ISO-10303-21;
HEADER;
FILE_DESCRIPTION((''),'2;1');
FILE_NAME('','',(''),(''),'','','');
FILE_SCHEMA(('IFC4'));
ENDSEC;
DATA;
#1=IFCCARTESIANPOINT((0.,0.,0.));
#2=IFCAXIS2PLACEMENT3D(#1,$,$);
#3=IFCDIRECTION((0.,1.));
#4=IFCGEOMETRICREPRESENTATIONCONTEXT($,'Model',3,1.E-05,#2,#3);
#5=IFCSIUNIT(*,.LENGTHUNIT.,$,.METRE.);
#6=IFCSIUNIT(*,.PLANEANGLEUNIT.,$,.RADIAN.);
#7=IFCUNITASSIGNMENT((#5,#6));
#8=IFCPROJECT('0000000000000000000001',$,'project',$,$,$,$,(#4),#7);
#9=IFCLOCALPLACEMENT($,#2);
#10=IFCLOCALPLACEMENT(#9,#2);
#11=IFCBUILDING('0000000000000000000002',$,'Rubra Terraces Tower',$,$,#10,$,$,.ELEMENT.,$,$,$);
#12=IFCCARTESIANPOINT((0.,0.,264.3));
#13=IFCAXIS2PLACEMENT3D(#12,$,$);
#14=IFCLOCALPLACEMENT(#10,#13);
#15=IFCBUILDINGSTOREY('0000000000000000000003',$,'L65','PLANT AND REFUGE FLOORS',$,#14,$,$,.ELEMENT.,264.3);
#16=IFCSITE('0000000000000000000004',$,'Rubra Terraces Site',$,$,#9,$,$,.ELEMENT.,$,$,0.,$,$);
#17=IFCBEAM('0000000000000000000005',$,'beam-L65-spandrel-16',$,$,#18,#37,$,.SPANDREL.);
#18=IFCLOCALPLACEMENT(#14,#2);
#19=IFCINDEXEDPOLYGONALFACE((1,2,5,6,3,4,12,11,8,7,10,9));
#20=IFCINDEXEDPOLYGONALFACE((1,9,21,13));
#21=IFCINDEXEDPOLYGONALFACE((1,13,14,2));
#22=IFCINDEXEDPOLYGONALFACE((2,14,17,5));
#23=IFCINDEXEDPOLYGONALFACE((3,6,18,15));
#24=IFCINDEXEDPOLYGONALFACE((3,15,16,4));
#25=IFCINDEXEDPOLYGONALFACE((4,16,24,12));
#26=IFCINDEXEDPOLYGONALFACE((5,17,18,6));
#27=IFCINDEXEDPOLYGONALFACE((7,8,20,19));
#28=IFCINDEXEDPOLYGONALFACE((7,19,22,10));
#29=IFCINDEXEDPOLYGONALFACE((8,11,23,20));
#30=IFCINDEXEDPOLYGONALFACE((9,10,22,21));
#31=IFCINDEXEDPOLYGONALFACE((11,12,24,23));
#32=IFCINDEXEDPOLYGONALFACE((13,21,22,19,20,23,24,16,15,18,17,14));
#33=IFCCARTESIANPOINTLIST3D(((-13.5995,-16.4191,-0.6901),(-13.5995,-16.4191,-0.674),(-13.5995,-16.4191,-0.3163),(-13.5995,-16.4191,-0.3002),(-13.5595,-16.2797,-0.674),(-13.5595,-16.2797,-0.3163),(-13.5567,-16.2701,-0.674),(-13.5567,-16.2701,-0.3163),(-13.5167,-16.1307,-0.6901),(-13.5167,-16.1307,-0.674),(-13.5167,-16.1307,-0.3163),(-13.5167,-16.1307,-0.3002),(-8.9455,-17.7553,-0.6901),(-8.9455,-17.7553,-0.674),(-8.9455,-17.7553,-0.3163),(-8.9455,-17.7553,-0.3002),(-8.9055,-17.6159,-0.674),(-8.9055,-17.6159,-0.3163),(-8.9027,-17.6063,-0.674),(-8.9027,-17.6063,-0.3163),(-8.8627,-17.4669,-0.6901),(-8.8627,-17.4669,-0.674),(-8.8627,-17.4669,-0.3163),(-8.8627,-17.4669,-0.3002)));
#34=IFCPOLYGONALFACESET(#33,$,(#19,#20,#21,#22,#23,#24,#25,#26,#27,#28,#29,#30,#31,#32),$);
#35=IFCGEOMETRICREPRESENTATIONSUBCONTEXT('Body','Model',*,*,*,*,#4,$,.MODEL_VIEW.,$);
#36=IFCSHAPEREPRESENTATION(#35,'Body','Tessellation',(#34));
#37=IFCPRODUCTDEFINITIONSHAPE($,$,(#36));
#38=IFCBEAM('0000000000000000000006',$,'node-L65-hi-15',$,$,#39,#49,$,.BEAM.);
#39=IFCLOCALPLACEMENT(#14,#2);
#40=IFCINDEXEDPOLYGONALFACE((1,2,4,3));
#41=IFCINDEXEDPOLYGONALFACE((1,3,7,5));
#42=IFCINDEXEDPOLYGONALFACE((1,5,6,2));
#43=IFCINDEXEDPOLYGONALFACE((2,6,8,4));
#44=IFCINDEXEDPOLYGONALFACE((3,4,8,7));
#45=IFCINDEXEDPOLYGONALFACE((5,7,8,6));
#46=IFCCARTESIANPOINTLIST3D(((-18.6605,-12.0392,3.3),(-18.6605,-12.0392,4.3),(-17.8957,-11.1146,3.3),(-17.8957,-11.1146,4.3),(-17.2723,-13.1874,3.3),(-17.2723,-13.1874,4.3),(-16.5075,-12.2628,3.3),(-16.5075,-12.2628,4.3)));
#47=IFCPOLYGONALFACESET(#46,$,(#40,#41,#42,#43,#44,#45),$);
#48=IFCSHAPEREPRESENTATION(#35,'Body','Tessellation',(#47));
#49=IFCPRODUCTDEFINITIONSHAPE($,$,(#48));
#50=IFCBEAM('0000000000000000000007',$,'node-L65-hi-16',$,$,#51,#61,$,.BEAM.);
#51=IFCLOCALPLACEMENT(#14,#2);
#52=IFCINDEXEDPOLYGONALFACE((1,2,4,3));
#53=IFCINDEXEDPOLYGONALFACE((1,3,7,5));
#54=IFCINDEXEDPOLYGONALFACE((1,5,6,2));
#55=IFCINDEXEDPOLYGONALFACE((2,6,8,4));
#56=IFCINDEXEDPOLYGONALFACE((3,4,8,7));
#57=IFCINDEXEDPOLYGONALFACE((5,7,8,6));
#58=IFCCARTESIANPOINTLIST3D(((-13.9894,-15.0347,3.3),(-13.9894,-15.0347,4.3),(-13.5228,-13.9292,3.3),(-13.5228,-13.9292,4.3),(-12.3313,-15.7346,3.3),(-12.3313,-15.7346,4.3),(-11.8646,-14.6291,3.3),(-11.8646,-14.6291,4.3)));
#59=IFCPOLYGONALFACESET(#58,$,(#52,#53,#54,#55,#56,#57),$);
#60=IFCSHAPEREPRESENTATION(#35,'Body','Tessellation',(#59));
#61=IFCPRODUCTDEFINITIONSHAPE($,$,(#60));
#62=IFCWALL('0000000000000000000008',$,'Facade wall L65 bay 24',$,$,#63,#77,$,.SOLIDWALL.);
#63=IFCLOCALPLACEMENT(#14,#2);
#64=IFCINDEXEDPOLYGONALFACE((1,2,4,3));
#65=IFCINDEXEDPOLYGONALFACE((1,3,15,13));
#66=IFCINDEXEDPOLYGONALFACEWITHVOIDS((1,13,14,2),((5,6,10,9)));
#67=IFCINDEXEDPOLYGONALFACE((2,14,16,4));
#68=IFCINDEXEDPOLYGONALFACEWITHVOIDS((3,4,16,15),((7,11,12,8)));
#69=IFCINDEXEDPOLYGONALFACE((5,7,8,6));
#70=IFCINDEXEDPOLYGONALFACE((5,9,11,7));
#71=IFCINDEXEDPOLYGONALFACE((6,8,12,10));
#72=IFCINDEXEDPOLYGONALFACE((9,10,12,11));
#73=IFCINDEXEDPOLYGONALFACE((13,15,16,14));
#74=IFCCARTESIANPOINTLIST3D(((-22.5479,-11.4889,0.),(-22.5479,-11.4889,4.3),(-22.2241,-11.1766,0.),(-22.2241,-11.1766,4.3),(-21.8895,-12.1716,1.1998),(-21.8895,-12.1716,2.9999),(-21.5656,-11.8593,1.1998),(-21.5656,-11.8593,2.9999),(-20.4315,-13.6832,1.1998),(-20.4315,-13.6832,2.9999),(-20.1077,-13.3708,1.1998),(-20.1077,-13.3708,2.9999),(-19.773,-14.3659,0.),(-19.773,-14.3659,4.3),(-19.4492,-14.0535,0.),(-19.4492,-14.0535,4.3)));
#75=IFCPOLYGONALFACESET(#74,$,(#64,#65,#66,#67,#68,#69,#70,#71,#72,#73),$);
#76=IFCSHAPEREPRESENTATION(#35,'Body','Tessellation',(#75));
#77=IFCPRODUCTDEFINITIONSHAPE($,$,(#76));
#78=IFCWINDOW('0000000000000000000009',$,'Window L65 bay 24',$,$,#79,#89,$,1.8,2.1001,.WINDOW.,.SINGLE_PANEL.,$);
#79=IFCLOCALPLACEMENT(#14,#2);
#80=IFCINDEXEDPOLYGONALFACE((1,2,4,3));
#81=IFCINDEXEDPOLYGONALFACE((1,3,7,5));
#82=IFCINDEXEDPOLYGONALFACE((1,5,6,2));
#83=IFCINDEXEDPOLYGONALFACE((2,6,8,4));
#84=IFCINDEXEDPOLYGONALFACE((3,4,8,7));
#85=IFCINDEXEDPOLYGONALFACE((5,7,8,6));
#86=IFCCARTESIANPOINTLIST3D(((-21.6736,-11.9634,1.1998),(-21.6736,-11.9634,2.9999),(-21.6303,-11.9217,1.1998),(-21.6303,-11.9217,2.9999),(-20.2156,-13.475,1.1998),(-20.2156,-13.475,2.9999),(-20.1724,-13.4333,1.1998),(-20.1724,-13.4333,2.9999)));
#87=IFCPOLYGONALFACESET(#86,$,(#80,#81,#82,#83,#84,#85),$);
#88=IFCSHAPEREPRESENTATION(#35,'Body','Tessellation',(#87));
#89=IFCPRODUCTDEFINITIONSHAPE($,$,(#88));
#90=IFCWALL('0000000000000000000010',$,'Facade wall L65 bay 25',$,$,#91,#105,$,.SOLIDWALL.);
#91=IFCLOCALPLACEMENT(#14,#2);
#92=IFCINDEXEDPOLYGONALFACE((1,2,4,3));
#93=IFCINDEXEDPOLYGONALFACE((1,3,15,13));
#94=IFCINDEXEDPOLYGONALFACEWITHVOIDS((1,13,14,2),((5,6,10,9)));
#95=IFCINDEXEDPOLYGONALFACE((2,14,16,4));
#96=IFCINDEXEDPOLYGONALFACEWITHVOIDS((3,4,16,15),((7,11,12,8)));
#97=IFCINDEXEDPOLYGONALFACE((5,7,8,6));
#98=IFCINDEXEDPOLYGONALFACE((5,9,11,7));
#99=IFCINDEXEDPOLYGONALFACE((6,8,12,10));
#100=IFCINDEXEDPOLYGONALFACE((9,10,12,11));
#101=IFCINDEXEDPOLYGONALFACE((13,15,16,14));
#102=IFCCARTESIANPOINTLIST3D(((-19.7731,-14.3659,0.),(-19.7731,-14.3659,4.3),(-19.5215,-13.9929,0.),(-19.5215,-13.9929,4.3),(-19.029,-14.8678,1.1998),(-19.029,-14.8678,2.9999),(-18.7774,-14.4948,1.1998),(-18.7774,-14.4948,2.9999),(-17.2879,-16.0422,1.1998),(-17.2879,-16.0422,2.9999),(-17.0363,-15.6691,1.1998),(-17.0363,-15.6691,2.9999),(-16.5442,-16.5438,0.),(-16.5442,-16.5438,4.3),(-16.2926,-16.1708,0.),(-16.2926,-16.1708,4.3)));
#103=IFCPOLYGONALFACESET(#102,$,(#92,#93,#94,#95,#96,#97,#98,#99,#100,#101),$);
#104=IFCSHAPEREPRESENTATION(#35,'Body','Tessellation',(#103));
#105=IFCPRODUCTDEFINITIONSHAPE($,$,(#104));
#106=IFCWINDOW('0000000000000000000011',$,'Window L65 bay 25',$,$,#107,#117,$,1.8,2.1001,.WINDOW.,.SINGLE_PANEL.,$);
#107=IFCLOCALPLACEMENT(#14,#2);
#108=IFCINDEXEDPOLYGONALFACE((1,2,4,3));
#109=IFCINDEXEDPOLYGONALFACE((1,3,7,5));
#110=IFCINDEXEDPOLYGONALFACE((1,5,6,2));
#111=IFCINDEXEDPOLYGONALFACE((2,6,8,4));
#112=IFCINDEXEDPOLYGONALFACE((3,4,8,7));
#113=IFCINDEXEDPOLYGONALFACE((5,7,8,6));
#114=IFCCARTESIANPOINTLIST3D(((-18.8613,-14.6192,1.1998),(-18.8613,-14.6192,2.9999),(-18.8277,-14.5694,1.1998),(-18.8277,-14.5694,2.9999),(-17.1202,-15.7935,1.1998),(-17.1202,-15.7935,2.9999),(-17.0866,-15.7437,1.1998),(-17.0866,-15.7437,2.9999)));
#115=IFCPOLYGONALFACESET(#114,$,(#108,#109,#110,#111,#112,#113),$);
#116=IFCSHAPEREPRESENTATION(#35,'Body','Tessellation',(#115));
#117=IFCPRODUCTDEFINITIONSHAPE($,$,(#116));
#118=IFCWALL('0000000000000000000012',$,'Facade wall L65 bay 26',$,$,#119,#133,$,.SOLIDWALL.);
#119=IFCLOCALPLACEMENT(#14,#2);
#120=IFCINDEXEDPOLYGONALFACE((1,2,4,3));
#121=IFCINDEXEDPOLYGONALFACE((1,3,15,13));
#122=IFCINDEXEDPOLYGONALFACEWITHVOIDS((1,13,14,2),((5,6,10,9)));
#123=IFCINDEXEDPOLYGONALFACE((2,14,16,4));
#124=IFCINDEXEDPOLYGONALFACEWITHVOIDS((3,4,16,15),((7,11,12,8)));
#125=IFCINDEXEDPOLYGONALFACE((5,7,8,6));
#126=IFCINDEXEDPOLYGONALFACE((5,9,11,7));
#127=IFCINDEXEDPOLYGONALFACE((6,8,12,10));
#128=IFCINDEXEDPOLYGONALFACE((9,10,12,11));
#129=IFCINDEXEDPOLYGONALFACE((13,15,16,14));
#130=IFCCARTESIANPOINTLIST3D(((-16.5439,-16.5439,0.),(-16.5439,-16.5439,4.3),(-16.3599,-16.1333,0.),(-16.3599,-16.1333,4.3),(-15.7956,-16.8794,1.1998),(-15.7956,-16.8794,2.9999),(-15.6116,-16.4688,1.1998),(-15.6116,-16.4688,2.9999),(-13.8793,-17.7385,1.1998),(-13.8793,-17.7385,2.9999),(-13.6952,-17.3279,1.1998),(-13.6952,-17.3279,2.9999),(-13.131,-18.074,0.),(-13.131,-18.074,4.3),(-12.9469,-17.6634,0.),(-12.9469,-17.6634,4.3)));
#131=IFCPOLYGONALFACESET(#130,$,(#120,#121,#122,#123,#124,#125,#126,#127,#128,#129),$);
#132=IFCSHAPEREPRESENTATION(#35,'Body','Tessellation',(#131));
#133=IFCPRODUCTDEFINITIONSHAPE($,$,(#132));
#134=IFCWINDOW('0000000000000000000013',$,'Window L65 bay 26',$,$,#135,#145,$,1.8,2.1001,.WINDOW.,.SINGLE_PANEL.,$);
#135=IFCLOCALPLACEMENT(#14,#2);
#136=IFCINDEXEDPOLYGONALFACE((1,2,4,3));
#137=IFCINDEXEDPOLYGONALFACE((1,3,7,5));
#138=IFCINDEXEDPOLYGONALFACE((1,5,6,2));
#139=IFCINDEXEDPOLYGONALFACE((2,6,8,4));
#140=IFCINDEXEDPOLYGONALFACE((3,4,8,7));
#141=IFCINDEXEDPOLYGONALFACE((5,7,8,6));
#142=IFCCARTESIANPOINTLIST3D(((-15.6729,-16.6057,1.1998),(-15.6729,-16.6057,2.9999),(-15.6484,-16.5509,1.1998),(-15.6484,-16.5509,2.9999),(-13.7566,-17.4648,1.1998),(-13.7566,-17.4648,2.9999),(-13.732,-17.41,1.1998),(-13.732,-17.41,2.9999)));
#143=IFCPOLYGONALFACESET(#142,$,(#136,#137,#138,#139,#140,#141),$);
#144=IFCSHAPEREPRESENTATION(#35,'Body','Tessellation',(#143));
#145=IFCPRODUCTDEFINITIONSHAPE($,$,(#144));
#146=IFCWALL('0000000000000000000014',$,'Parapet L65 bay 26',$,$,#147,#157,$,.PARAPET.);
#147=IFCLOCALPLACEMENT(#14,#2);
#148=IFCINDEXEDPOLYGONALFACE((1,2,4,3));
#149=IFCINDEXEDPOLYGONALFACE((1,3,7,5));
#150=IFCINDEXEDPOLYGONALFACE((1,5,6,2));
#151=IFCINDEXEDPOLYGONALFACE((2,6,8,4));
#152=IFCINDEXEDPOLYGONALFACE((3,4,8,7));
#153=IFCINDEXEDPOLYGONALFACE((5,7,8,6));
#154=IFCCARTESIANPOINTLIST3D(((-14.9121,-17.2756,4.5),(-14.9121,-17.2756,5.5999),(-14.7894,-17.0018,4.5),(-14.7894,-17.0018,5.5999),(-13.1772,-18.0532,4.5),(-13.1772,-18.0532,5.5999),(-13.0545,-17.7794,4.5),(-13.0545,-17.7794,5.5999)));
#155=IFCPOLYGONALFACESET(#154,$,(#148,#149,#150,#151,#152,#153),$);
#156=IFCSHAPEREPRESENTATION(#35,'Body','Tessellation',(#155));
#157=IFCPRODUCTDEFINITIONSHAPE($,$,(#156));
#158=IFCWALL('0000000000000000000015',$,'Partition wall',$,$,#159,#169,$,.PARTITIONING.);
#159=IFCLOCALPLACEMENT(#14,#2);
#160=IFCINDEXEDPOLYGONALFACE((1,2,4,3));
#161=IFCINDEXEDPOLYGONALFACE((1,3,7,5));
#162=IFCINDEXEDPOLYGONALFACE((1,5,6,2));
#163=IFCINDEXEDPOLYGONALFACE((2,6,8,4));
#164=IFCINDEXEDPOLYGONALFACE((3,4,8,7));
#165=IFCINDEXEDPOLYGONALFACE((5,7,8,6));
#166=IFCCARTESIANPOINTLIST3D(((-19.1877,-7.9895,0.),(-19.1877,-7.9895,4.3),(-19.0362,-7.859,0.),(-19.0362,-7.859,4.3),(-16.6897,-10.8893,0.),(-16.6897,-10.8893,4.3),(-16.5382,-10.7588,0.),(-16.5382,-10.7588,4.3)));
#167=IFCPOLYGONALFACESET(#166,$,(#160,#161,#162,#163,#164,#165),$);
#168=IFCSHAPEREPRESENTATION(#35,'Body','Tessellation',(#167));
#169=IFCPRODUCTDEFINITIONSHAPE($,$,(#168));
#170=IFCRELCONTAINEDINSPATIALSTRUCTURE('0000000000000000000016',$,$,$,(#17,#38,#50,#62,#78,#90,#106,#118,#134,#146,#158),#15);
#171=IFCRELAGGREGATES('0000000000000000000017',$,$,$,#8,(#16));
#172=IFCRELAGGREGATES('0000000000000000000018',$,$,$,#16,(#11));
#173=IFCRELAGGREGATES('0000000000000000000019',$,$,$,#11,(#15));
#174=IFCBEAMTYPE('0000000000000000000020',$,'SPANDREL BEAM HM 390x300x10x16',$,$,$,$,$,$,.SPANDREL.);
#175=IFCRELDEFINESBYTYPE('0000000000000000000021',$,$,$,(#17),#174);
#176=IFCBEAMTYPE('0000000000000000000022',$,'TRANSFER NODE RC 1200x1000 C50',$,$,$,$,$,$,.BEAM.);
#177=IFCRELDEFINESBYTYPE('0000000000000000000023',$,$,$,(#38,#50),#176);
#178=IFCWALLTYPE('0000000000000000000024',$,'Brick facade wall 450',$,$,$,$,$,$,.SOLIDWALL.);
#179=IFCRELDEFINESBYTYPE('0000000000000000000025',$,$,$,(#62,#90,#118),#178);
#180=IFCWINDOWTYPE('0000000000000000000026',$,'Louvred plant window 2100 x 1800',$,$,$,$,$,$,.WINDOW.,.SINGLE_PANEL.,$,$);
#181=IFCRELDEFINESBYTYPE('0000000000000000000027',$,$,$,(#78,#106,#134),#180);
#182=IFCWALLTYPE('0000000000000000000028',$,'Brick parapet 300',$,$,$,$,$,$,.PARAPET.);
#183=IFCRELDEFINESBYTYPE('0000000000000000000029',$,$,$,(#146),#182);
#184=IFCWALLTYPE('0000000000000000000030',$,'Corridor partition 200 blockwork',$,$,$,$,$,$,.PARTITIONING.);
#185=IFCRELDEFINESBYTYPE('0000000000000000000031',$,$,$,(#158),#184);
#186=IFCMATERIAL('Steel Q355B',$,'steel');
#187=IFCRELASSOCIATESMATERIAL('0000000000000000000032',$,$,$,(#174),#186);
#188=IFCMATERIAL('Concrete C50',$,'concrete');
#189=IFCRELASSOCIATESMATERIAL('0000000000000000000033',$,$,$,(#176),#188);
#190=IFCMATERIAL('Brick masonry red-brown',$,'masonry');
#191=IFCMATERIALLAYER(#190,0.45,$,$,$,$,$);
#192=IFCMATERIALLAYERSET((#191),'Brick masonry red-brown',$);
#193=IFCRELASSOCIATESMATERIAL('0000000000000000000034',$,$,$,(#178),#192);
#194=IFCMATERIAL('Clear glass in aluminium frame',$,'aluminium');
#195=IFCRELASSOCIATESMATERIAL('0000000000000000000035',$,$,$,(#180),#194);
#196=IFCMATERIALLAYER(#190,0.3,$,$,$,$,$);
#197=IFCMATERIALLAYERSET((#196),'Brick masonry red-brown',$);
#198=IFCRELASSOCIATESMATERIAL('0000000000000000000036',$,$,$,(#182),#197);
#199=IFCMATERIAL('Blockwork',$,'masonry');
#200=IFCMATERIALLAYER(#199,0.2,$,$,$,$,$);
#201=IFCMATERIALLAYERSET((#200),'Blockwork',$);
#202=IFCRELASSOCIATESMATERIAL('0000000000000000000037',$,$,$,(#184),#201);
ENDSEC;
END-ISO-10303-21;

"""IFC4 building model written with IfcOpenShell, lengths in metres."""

from ifc_helpers import new_model, si_unit, direction, frame, frame_2d, origin, origin_2d, place, context, subcontext, project, spatial, rectangle, i_section, extrude, material, layer, layer_set, material_profile, profile_set, type_object, element, fill, save


model = new_model("IFC4")

# Units and contexts
model_context = context("Model", 3, precision=1e-05, world=origin(), true_north=direction((0.0, 1.0)))
body_context = subcontext(model_context, "Body", "Model", "MODEL_VIEW")
ifc_project = project(units=[si_unit("LENGTHUNIT", "METRE"), si_unit("PLANEANGLEUNIT", "RADIAN")], contexts=[model_context])

# Site, building, storey
site_placement = place(None, origin())
site = spatial("IfcSite", under=ifc_project, at=site_placement, Name="Rubra Terraces Site", CompositionType="ELEMENT", RefElevation=0.0)
building_placement = place(site_placement, origin())
building = spatial("IfcBuilding", under=site, at=building_placement, Name="Rubra Terraces Tower", CompositionType="ELEMENT")
storey_placement = place(building_placement, frame((0.0, 0.0, 264.3)))
storey = spatial("IfcBuildingStorey", under=building, at=storey_placement, Name="L65", Description="PLANT AND REFUGE FLOORS", CompositionType="ELEMENT", Elevation=264.3)

# Shared definitions
ifc_material_1 = material(Name="Concrete C50", Category="concrete")

# Beams
ifc_material_2 = material(Name="Steel Q355B", Category="steel")
ifc_material_profile_1 = material_profile(ifc_material_2, i_section(OverallWidth=0.3, OverallDepth=0.3899, WebThickness=0.01, FlangeThickness=0.0161, at=origin_2d()), Name="HM 390x300x10x16")
ifc_profile_set_1 = profile_set([ifc_material_profile_1], Name="Steel Q355B")
beam_type_1 = type_object("IfcBeamType", Name="SPANDREL BEAM HM 390x300x10x16", PredefinedType="SPANDREL", material=ifc_profile_set_1)
beam_1_placement = place(storey_placement, frame((-13.5581, -16.2749, -0.4951), z_axis=(0.961171, -0.275953, 0.0), x_axis=(0.275953, 0.961171, 0.0)))
element("IfcBeam", 1, at=beam_1_placement, inside=storey, type_object=beam_type_1, Name="beam-L65-spandrel-16", PredefinedType="SPANDREL", context=body_context, shape_type="SweptSolid", body=[
    extrude(i_section(OverallWidth=0.3, OverallDepth=0.3899, WebThickness=0.01, FlangeThickness=0.0161, at=origin_2d()), origin(), (0.0, 0.0, 1.0), 4.842),
])
ifc_material_profile_2 = material_profile(ifc_material_1, rectangle(XDim=1.2, YDim=1.0, at=origin_2d()), Name="RC 1200x1000")
ifc_profile_set_2 = profile_set([ifc_material_profile_2], Name="Concrete C50")
beam_type_2 = type_object("IfcBeamType", Name="TRANSFER NODE RC 1200x1000 C50", PredefinedType="BEAM", material=ifc_profile_set_2)
beam_2_placement = place(storey_placement, frame((-18.2781, -11.5769, 3.8), z_axis=(0.770571, -0.637354, 0.0), x_axis=(0.637354, 0.770571, 0.0)))
element("IfcBeam", 2, at=beam_2_placement, inside=storey, type_object=beam_type_2, Name="node-L65-hi-15", PredefinedType="BEAM", context=body_context, shape_type="SweptSolid", body=[
    extrude(rectangle(XDim=1.2, YDim=1.0, at=origin_2d()), origin(), (0.0, 0.0, 1.0), 1.8015),
])
beam_3_placement = place(storey_placement, frame((-13.7561, -14.4819, 3.8), z_axis=(0.921285, -0.388888, 0.0), x_axis=(0.388888, 0.921285, 0.0)))
element("IfcBeam", 3, at=beam_3_placement, inside=storey, type_object=beam_type_2, Name="node-L65-hi-16", PredefinedType="BEAM", context=body_context, shape_type="SweptSolid", body=[
    extrude(rectangle(XDim=1.2, YDim=1.0, at=origin_2d()), origin(), (0.0, 0.0, 1.0), 1.7998),
])

# Walls, openings, windows
ifc_material_3 = material(Name="Brick masonry red-brown", Category="masonry")
ifc_layer_1 = layer(ifc_material_3, 0.45)
ifc_layer_set_1 = layer_set([ifc_layer_1], Name="Brick masonry red-brown")
wall_type_1 = type_object("IfcWallType", Name="Brick facade wall 450", PredefinedType="SOLIDWALL", material=ifc_layer_set_1)
wall_1_placement = place(storey_placement, frame((-22.386, -11.3328, 0.0), z_axis=(0.0, 0.0, 1.0), x_axis=(0.694226, -0.719757, 0.0)))
wall_1 = element("IfcWall", 4, at=wall_1_placement, inside=storey, type_object=wall_type_1, Name="Facade wall L65 bay 24", PredefinedType="SOLIDWALL", context=body_context, shape_type="SweptSolid", body=[
    extrude(rectangle(XDim=3.9971, YDim=0.45, at=frame_2d((1.9985, 0.0))), origin(), (0.0, 0.0, 1.0), 4.3),
])
opening_1_placement = place(wall_1_placement, frame((0.9485, 0.0, 1.2)))
opening_1 = element("IfcOpeningElement", 5, at=opening_1_placement, cuts=wall_1, PredefinedType="OPENING", context=body_context, shape_type="SweptSolid", body=[
    extrude(rectangle(XDim=2.1001, YDim=1.8, at=frame_2d((1.05, 0.8999))), frame((0.0, 0.2349, 0.0), z_axis=(0.0, -1.0, 0.0), x_axis=(1.0, 0.0, 0.0)), (0.0, 0.0, 1.0), 0.47),
])
ifc_material_4 = material(Name="Clear glass in aluminium frame", Category="aluminium")
window_type = type_object("IfcWindowType", Name="Louvred plant window 2100 x 1800", PartitioningType="SINGLE_PANEL", PredefinedType="WINDOW", material=ifc_material_4)
window_1_placement = place(opening_1_placement, origin())
window_1 = element("IfcWindow", 6, at=window_1_placement, inside=storey, type_object=window_type, Name="Window L65 bay 24", OverallHeight=1.8, OverallWidth=2.1001, PartitioningType="SINGLE_PANEL", PredefinedType="WINDOW", context=body_context, shape_type="SweptSolid", body=[
    extrude(rectangle(XDim=2.1001, YDim=1.8, at=frame_2d((1.05, 0.8999))), frame((0.0, 0.135, 0.0), z_axis=(0.0, -1.0, 0.0), x_axis=(1.0, 0.0, 0.0)), (0.0, 0.0, 1.0), 0.0601),
])
fill(opening_1, window_1)
wall_2_placement = place(storey_placement, frame((-19.6472, -14.1794, 0.0), z_axis=(0.0, 0.0, 1.0), x_axis=(0.829039, -0.559191, 0.0)))
wall_2 = element("IfcWall", 7, at=wall_2_placement, inside=storey, type_object=wall_type_1, Name="Facade wall L65 bay 25", PredefinedType="SOLIDWALL", context=body_context, shape_type="SweptSolid", body=[
    extrude(rectangle(XDim=3.8948, YDim=0.45, at=frame_2d((1.9473, 0.0))), origin(), (0.0, 0.0, 1.0), 4.3),
])
opening_2_placement = place(wall_2_placement, frame((0.8975, 0.0, 1.2)))
opening_2 = element("IfcOpeningElement", 8, at=opening_2_placement, cuts=wall_2, PredefinedType="OPENING", context=body_context, shape_type="SweptSolid", body=[
    extrude(rectangle(XDim=2.1001, YDim=1.8, at=frame_2d((1.05, 0.8999))), frame((0.0, 0.2349, 0.0), z_axis=(0.0, -1.0, 0.0), x_axis=(1.0, 0.0, 0.0)), (0.0, 0.0, 1.0), 0.47),
])
window_2_placement = place(opening_2_placement, origin())
window_2 = element("IfcWindow", 9, at=window_2_placement, inside=storey, type_object=window_type, Name="Window L65 bay 25", OverallHeight=1.8, OverallWidth=2.1001, PartitioningType="SINGLE_PANEL", PredefinedType="WINDOW", context=body_context, shape_type="SweptSolid", body=[
    extrude(rectangle(XDim=2.1001, YDim=1.8, at=frame_2d((1.05, 0.8999))), frame((0.0, 0.135, 0.0), z_axis=(0.0, -1.0, 0.0), x_axis=(1.0, 0.0, 0.0)), (0.0, 0.0, 1.0), 0.0601),
])
fill(opening_2, window_2)
wall_3_placement = place(storey_placement, frame((-16.4519, -16.3386, 0.0), z_axis=(0.0, 0.0, 1.0), x_axis=(0.912496, -0.409086, 0.0)))
wall_3 = element("IfcWall", 10, at=wall_3_placement, inside=storey, type_object=wall_type_1, Name="Facade wall L65 bay 26", PredefinedType="SOLIDWALL", context=body_context, shape_type="SweptSolid", body=[
    extrude(rectangle(XDim=3.7402, YDim=0.45, at=frame_2d((1.8701, 0.0))), origin(), (0.0, 0.0, 1.0), 4.3),
])
opening_3_placement = place(wall_3_placement, frame((0.8201, 0.0, 1.2)))
opening_3 = element("IfcOpeningElement", 11, at=opening_3_placement, cuts=wall_3, PredefinedType="OPENING", context=body_context, shape_type="SweptSolid", body=[
    extrude(rectangle(XDim=2.1001, YDim=1.8, at=frame_2d((1.05, 0.8999))), frame((0.0, 0.2349, 0.0), z_axis=(0.0, -1.0, 0.0), x_axis=(1.0, 0.0, 0.0)), (0.0, 0.0, 1.0), 0.47),
])
window_3_placement = place(opening_3_placement, origin())
window_3 = element("IfcWindow", 12, at=window_3_placement, inside=storey, type_object=window_type, Name="Window L65 bay 26", OverallHeight=1.8, OverallWidth=2.1001, PartitioningType="SINGLE_PANEL", PredefinedType="WINDOW", context=body_context, shape_type="SweptSolid", body=[
    extrude(rectangle(XDim=2.1001, YDim=1.8, at=frame_2d((1.05, 0.8999))), frame((0.0, 0.135, 0.0), z_axis=(0.0, -1.0, 0.0), x_axis=(1.0, 0.0, 0.0)), (0.0, 0.0, 1.0), 0.0601),
])
fill(opening_3, window_3)

# Walls
ifc_layer_2 = layer(ifc_material_3, 0.3)
ifc_layer_set_2 = layer_set([ifc_layer_2], Name="Brick masonry red-brown")
wall_type_2 = type_object("IfcWallType", Name="Brick parapet 300", PredefinedType="PARAPET", material=ifc_layer_set_2)
wall_4_placement = place(storey_placement, frame((-14.8508, -17.1387, 4.5), z_axis=(0.0, 0.0, 1.0), x_axis=(0.912531, -0.409008, 0.0)))
element("IfcWall", 13, at=wall_4_placement, inside=storey, type_object=wall_type_2, Name="Parapet L65 bay 26", PredefinedType="PARAPET", context=body_context, shape_type="SweptSolid", body=[
    extrude(rectangle(XDim=1.9011, YDim=0.3, at=frame_2d((0.9507, 0.0))), origin(), (0.0, 0.0, 1.0), 1.0999),
])
ifc_material_5 = material(Name="Blockwork", Category="masonry")
ifc_layer_3 = layer(ifc_material_5, 0.2)
ifc_layer_set_3 = layer_set([ifc_layer_3], Name="Blockwork")
wall_type_3 = type_object("IfcWallType", Name="Corridor partition 200 blockwork", PredefinedType="PARTITIONING", material=ifc_layer_set_3)
wall_5_placement = place(storey_placement, frame((-16.614, -10.824, 0.0), z_axis=(0.0, 0.0, 1.0), x_axis=(-0.652659, 0.757651, 0.0)))
element("IfcWall", 14, at=wall_5_placement, inside=storey, type_object=wall_type_3, Name="Partition wall", PredefinedType="PARTITIONING", context=body_context, shape_type="SweptSolid", body=[
    extrude(rectangle(XDim=3.8274, YDim=0.2, at=frame_2d((1.9136, 0.0))), origin(), (0.0, 0.0, 1.0), 4.3),
])

save(model, "model.ifc")
